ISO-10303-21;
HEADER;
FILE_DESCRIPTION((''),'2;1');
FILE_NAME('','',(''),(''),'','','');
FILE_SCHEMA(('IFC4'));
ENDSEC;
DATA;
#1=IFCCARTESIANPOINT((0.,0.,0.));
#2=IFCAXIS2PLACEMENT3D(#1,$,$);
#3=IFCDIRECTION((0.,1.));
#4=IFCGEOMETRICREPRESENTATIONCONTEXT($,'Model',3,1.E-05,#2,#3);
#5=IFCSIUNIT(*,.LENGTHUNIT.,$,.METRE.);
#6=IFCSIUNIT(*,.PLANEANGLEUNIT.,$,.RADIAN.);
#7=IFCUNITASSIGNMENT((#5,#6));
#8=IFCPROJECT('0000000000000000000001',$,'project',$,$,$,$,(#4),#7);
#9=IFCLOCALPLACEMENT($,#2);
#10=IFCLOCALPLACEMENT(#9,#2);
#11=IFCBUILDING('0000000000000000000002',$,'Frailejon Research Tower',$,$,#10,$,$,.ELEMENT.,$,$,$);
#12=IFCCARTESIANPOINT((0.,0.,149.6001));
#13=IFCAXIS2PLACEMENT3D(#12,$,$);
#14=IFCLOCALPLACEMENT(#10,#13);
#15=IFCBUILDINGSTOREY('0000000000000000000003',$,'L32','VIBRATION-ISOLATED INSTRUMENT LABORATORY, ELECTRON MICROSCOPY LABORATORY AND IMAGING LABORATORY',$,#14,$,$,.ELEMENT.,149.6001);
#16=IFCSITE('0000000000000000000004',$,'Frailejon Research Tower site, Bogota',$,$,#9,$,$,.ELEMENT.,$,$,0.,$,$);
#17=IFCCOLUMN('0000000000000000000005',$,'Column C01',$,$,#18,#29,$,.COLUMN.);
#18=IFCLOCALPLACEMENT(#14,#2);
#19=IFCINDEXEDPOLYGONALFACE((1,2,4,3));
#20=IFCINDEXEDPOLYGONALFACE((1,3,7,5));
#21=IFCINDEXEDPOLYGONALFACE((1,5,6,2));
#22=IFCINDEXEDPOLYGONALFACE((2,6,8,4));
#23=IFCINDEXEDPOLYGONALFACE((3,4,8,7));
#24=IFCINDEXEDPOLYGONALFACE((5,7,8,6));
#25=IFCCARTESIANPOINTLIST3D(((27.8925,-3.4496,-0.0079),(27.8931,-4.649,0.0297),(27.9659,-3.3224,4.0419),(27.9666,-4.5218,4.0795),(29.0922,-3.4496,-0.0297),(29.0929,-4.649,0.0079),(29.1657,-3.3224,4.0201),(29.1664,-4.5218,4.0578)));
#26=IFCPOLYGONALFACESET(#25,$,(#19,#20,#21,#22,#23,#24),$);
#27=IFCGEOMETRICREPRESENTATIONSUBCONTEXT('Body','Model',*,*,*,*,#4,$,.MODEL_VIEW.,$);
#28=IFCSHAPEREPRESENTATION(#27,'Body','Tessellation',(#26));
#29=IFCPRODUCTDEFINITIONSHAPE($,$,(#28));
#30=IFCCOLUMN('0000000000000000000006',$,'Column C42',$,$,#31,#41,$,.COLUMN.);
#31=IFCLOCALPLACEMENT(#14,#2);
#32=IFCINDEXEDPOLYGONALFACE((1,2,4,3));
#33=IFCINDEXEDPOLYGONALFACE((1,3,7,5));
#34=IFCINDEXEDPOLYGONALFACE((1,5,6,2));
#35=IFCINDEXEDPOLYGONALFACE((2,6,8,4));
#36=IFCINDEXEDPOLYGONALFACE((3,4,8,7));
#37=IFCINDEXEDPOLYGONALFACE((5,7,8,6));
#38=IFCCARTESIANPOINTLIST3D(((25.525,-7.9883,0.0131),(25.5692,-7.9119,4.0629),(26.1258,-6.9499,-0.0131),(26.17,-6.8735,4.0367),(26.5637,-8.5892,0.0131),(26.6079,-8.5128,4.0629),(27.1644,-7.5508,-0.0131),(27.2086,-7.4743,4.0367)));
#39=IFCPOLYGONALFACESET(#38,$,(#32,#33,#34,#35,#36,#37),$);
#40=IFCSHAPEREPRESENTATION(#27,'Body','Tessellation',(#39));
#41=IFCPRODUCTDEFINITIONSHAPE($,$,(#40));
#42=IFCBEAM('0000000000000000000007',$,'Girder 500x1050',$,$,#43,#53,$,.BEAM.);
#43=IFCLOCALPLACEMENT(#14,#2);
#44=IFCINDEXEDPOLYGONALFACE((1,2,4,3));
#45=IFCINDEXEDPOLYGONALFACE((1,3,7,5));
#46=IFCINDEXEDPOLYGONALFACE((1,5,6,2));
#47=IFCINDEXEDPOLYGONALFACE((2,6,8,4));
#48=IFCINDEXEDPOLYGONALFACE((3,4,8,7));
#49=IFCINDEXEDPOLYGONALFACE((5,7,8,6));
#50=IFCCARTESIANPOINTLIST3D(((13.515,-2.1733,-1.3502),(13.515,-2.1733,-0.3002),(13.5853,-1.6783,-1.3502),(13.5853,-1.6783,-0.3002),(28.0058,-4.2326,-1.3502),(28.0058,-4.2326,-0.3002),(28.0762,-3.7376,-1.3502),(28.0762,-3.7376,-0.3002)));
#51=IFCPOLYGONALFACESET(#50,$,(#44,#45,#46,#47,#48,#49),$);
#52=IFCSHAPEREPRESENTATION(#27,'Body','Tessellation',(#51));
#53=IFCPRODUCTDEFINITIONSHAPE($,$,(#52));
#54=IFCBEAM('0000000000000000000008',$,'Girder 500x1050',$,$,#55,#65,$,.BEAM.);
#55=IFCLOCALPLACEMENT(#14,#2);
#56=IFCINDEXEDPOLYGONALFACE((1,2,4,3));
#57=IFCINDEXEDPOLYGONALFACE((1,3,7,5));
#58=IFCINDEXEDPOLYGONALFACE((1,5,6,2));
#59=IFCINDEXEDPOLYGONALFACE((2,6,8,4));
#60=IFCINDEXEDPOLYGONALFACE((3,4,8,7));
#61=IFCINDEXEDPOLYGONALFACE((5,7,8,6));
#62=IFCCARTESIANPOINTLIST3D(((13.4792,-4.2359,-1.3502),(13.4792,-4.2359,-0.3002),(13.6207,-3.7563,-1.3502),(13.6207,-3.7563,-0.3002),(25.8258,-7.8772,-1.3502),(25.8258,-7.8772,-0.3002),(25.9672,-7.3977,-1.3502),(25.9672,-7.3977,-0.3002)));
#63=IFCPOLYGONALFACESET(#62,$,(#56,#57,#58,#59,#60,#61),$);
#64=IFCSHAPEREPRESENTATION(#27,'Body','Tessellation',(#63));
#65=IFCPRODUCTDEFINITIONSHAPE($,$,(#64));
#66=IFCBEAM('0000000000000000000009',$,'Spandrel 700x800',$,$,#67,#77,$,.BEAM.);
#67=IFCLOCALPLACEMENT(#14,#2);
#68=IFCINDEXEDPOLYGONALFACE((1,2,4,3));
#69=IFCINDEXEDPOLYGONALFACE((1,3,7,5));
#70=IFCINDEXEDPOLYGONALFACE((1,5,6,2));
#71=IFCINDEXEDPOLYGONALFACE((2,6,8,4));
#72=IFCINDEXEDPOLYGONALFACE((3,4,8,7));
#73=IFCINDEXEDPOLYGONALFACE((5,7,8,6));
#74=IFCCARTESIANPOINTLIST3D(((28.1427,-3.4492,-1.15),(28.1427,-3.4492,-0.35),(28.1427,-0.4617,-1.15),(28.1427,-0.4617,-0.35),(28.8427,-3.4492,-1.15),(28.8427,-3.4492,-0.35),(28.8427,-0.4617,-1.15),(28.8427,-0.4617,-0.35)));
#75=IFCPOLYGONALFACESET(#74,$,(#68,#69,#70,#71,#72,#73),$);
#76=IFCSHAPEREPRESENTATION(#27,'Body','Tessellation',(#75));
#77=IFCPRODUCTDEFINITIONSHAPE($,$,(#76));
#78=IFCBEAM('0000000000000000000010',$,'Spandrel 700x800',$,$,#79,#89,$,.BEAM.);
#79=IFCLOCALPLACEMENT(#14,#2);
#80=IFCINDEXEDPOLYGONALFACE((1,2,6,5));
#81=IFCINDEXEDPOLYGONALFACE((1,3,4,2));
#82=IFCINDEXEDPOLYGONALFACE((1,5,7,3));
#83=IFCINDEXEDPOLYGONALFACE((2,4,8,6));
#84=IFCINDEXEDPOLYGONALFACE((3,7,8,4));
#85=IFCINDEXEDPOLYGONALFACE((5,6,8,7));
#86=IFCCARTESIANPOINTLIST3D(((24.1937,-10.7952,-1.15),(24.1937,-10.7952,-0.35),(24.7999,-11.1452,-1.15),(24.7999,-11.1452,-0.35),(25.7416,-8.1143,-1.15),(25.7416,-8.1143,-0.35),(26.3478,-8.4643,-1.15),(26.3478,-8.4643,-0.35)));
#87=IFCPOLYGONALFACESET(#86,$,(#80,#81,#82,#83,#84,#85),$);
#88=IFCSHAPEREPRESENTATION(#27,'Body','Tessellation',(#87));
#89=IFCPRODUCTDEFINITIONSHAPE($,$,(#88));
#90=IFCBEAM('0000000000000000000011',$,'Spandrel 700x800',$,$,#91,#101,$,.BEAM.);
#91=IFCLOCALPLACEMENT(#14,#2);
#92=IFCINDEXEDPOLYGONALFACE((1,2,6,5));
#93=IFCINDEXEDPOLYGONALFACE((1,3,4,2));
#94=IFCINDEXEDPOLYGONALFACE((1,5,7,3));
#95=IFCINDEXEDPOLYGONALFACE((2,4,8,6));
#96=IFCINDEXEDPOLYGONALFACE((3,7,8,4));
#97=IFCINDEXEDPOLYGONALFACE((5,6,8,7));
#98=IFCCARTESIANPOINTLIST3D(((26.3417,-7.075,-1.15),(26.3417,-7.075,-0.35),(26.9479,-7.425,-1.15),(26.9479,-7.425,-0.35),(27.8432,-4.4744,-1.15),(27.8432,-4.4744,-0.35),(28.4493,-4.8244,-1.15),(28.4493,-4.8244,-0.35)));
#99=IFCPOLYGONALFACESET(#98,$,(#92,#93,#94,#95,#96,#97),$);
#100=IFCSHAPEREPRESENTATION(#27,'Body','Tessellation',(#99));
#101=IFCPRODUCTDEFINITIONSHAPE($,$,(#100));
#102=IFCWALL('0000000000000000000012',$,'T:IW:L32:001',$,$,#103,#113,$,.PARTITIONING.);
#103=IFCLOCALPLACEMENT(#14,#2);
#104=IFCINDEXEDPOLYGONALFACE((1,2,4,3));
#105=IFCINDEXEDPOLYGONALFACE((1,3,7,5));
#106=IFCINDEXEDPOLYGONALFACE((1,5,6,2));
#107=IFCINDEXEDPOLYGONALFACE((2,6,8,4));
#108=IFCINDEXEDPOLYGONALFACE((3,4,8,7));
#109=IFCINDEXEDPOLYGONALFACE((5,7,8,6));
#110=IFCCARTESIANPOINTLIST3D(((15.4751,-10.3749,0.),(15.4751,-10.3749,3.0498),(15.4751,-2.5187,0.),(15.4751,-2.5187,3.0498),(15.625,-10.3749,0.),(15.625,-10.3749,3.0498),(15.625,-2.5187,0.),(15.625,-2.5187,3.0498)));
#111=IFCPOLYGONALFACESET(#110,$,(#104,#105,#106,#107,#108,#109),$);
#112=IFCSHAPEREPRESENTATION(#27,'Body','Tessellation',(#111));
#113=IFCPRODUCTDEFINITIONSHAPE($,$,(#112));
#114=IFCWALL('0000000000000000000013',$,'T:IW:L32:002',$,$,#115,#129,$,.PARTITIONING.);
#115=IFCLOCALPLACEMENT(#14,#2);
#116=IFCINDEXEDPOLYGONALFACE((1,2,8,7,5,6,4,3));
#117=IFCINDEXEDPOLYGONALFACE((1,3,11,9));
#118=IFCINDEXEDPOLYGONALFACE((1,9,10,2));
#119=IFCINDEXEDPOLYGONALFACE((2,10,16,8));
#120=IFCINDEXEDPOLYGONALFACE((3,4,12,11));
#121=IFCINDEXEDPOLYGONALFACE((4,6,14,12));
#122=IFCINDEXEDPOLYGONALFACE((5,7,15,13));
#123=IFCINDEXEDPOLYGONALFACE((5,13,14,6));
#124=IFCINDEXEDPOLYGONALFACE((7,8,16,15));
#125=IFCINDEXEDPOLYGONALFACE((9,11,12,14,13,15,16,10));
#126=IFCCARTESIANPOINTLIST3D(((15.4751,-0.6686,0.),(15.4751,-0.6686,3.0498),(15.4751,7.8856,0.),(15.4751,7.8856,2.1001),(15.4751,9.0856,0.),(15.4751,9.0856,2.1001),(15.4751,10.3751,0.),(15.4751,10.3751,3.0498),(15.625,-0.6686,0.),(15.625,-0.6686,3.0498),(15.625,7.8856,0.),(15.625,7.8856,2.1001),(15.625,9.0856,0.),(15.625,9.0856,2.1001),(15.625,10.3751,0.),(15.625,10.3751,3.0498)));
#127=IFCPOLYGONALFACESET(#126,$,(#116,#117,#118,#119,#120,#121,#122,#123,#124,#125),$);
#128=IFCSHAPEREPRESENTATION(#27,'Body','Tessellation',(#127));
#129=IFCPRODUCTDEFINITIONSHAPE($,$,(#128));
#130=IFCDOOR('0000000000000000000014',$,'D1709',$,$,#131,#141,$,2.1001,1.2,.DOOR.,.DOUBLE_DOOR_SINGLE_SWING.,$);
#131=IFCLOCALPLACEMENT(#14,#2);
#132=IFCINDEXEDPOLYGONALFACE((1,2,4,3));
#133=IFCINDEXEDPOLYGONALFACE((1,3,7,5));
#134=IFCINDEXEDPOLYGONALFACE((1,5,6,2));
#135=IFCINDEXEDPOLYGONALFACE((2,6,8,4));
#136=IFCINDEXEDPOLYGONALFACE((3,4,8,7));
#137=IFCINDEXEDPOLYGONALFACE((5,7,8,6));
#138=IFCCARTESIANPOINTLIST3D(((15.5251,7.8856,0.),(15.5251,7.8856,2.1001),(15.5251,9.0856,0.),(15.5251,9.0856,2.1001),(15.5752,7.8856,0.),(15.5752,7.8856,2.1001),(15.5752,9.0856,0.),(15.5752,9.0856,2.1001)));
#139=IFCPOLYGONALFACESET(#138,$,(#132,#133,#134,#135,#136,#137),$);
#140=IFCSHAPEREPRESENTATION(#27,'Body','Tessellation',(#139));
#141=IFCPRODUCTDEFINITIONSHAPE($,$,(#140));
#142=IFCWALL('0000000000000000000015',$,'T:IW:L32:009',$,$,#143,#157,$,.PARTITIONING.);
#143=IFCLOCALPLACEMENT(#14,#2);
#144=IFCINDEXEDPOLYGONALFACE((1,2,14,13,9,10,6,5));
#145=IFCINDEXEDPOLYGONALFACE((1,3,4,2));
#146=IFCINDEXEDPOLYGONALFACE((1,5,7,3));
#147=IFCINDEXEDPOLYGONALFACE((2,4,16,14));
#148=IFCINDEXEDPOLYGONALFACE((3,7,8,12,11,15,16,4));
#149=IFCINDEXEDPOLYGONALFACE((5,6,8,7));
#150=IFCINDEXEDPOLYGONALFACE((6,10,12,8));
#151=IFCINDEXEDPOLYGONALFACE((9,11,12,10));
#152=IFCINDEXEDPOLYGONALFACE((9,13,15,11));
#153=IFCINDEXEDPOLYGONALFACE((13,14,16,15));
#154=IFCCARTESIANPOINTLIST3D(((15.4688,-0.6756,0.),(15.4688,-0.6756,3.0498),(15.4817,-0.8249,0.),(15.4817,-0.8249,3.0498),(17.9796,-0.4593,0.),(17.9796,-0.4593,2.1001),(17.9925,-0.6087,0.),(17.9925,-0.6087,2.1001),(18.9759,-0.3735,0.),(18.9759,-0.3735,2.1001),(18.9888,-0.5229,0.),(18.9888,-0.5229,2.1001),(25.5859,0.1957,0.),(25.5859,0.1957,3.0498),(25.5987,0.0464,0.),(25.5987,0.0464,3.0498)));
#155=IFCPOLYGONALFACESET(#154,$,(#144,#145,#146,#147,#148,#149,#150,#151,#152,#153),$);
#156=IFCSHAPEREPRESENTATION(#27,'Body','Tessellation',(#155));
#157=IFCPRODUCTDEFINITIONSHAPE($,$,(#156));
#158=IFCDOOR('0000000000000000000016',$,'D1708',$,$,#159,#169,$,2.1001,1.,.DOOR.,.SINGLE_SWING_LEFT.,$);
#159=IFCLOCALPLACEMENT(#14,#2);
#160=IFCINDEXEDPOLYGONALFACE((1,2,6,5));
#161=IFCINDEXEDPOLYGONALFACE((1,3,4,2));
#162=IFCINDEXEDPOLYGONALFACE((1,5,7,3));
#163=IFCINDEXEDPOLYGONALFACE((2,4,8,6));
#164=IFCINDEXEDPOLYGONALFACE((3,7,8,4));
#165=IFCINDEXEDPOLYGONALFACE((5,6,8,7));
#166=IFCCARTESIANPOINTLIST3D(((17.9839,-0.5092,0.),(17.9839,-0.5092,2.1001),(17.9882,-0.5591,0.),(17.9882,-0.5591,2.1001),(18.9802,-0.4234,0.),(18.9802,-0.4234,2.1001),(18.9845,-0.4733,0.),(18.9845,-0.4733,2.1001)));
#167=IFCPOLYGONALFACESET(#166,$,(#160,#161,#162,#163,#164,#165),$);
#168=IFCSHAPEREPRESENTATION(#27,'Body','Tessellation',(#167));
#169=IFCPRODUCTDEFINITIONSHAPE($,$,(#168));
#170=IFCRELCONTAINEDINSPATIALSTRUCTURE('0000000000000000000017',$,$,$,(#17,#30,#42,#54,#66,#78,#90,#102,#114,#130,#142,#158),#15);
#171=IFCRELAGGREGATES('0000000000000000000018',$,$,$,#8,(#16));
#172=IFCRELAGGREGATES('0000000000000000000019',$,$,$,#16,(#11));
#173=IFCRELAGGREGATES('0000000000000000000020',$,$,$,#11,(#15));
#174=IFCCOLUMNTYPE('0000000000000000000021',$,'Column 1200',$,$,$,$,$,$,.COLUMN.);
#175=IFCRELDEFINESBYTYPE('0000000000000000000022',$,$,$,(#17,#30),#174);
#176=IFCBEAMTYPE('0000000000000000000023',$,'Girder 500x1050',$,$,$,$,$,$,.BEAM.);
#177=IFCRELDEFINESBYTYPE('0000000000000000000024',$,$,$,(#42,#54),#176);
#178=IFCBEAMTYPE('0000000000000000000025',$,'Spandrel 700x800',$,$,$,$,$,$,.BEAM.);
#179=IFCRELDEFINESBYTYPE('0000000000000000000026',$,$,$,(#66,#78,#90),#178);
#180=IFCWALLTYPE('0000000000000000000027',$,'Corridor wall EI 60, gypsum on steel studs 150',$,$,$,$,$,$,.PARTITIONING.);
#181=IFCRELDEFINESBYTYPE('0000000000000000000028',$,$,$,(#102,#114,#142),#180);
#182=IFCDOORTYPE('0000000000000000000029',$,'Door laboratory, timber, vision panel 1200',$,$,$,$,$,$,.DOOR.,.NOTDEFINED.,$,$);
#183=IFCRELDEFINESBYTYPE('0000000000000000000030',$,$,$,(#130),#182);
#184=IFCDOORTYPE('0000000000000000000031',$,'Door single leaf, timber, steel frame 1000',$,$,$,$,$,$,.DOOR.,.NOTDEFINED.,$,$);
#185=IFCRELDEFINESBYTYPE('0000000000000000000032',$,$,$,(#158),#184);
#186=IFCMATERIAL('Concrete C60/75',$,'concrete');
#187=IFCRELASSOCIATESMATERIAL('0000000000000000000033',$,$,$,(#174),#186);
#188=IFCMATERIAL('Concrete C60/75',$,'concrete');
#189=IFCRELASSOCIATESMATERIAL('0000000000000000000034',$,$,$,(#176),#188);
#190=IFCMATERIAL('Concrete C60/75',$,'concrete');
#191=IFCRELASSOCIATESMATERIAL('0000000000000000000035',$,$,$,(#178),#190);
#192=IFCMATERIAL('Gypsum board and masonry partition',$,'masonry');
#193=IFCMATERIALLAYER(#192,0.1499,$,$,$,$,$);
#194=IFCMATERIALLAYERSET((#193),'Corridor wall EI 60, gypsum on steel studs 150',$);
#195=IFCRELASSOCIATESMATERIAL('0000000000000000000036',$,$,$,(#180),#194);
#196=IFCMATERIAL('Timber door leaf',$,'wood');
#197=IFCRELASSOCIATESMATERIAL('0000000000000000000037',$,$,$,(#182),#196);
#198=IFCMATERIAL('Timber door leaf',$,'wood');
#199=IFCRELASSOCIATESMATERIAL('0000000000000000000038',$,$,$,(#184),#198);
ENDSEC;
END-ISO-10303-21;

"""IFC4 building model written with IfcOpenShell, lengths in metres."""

from ifc_helpers import new_model, si_unit, direction, frame, frame_2d, origin, origin_2d, place, context, subcontext, project, spatial, rectangle, extrude, material, layer, layer_set, material_profile, profile_set, type_object, element, fill, save


model = new_model("IFC4")

# Units and contexts
model_context = context("Model", 3, precision=1e-05, world=origin(), true_north=direction((0.0, 1.0)))
body_context = subcontext(model_context, "Body", "Model", "MODEL_VIEW")
ifc_project = project(units=[si_unit("LENGTHUNIT", "METRE"), si_unit("PLANEANGLEUNIT", "RADIAN")], contexts=[model_context])

# Site, building, storey
site_placement = place(None, origin())
site = spatial("IfcSite", under=ifc_project, at=site_placement, Name="Frailejon Research Tower site, Bogota", CompositionType="ELEMENT", RefElevation=0.0)
building_placement = place(site_placement, origin())
building = spatial("IfcBuilding", under=site, at=building_placement, Name="Frailejon Research Tower", CompositionType="ELEMENT")
storey_placement = place(building_placement, frame((0.0, 0.0, 149.6001)))
storey = spatial("IfcBuildingStorey", under=building, at=storey_placement, Name="L32", Description="VIBRATION-ISOLATED INSTRUMENT LABORATORY, ELECTRON MICROSCOPY LABORATORY AND IMAGING LABORATORY", CompositionType="ELEMENT", Elevation=149.6001)

# Columns
ifc_material_1 = material(Name="Concrete C60/75", Category="concrete")
ifc_material_profile_1 = material_profile(ifc_material_1, rectangle(XDim=1.2, YDim=1.2, at=origin_2d()), Name="Column 1200")
ifc_profile_set_1 = profile_set([ifc_material_profile_1], Name="Concrete C60/75")
column_type = type_object("IfcColumnType", Name="Column 1200", PredefinedType="COLUMN", material=ifc_profile_set_1)
column_1_placement = place(storey_placement, frame((28.4927, -4.0493, 0.0), z_axis=(0.018134, 0.031388, 0.999343), x_axis=(-0.000565, 0.999507, -0.031383)))
element("IfcColumn", 1, at=column_1_placement, inside=storey, type_object=column_type, Name="Column C01", PredefinedType="COLUMN", context=body_context, shape_type="SweptSolid", body=[
    extrude(rectangle(XDim=1.2, YDim=1.2, at=origin_2d()), origin(), (0.0, 0.0, 1.0), 4.0525),
])
column_2_placement = place(storey_placement, frame((26.3447, -7.7695, 0.0), z_axis=(0.010909, 0.018865, 0.999763), x_axis=(0.500638, 0.865382, -0.021792)))
element("IfcColumn", 2, at=column_2_placement, inside=storey, type_object=column_type, Name="Column C42", PredefinedType="COLUMN", context=body_context, shape_type="SweptSolid", body=[
    extrude(rectangle(XDim=1.2, YDim=1.2, at=origin_2d()), origin(), (0.0, 0.0, 1.0), 4.0508),
])

# Beams
ifc_material_2 = material(Name="Concrete C60/75", Category="concrete")
ifc_material_profile_2 = material_profile(ifc_material_2, rectangle(XDim=0.5, YDim=1.05, at=origin_2d()), Name="Girder 500x1050")
ifc_profile_set_2 = profile_set([ifc_material_profile_2], Name="Concrete C60/75")
beam_type_1 = type_object("IfcBeamType", Name="Girder 500x1050", PredefinedType="BEAM", material=ifc_profile_set_2)
beam_1_placement = place(storey_placement, frame((28.041, -3.9851, -0.8252), z_axis=(-0.990053, 0.140697, 0.0), x_axis=(-0.140697, -0.990053, 0.0)))
element("IfcBeam", 3, at=beam_1_placement, inside=storey, type_object=beam_type_1, Name="Girder 500x1050", PredefinedType="BEAM", context=body_context, shape_type="SweptSolid", body=[
    extrude(rectangle(XDim=0.5, YDim=1.05, at=origin_2d()), origin(), (0.0, 0.0, 1.0), 14.6365),
])
beam_2_placement = place(storey_placement, frame((25.8965, -7.6375, -0.8252), z_axis=(-0.959154, 0.282885, 0.0), x_axis=(-0.282885, -0.959154, 0.0)))
element("IfcBeam", 4, at=beam_2_placement, inside=storey, type_object=beam_type_1, Name="Girder 500x1050", PredefinedType="BEAM", context=body_context, shape_type="SweptSolid", body=[
    extrude(rectangle(XDim=0.5, YDim=1.05, at=origin_2d()), origin(), (0.0, 0.0, 1.0), 12.8723),
])
ifc_material_3 = material(Name="Concrete C60/75", Category="concrete")
ifc_material_profile_3 = material_profile(ifc_material_3, rectangle(XDim=0.7, YDim=0.8, at=origin_2d()), Name="Spandrel 700x800")
ifc_profile_set_3 = profile_set([ifc_material_profile_3], Name="Concrete C60/75")
beam_type_2 = type_object("IfcBeamType", Name="Spandrel 700x800", PredefinedType="BEAM", material=ifc_profile_set_3)
beam_3_placement = place(storey_placement, frame((28.4927, -3.4492, -0.75), z_axis=(0.0, 1.0, 0.0), x_axis=(-1.0, 0.0, 0.0)))
element("IfcBeam", 5, at=beam_3_placement, inside=storey, type_object=beam_type_2, Name="Spandrel 700x800", PredefinedType="BEAM", context=body_context, shape_type="SweptSolid", body=[
    extrude(rectangle(XDim=0.7, YDim=0.8, at=origin_2d()), origin(), (0.0, 0.0, 1.0), 2.9875),
])
beam_4_placement = place(storey_placement, frame((24.4968, -10.9702, -0.75), z_axis=(0.500007, 0.866021, 0.0), x_axis=(-0.866021, 0.500007, 0.0)))
element("IfcBeam", 6, at=beam_4_placement, inside=storey, type_object=beam_type_2, Name="Spandrel 700x800", PredefinedType="BEAM", context=body_context, shape_type="SweptSolid", body=[
    extrude(rectangle(XDim=0.7, YDim=0.8, at=origin_2d()), origin(), (0.0, 0.0, 1.0), 3.0957),
])
beam_5_placement = place(storey_placement, frame((26.6448, -7.25, -0.75), z_axis=(0.500004, 0.866023, 0.0), x_axis=(-0.866023, 0.500004, 0.0)))
element("IfcBeam", 7, at=beam_5_placement, inside=storey, type_object=beam_type_2, Name="Spandrel 700x800", PredefinedType="BEAM", context=body_context, shape_type="SweptSolid", body=[
    extrude(rectangle(XDim=0.7, YDim=0.8, at=origin_2d()), origin(), (0.0, 0.0, 1.0), 3.0029),
])

# Wall
ifc_material_4 = material(Name="Gypsum board and masonry partition", Category="masonry")
ifc_layer_1 = layer(ifc_material_4, 0.1499)
ifc_layer_set_1 = layer_set([ifc_layer_1], Name="Corridor wall EI 60, gypsum on steel studs 150")
wall_type_1 = type_object("IfcWallType", Name="Corridor wall EI 60, gypsum on steel studs 150", PredefinedType="PARTITIONING", material=ifc_layer_set_1)
wall_1_placement = place(storey_placement, frame((15.55, -10.375, 0.0), z_axis=(0.0, 0.0, 1.0), x_axis=(0.0, 1.0, 0.0)))
element("IfcWall", 8, at=wall_1_placement, inside=storey, type_object=wall_type_1, Name="T:IW:L32:001", PredefinedType="PARTITIONING", context=body_context, shape_type="SweptSolid", body=[
    extrude(rectangle(XDim=7.8562, YDim=0.1499, at=frame_2d((3.9282, 0.0))), origin(), (0.0, 0.0, 1.0), 3.0498),
])

# Walls, openings, doors
wall_2_placement = place(storey_placement, frame((15.55, -0.6687, 0.0), z_axis=(0.0, 0.0, 1.0), x_axis=(0.0, 1.0, 0.0)))
wall_2 = element("IfcWall", 9, at=wall_2_placement, inside=storey, type_object=wall_type_1, Name="T:IW:L32:002", PredefinedType="PARTITIONING", context=body_context, shape_type="SweptSolid", body=[
    extrude(rectangle(XDim=11.0437, YDim=0.1499, at=frame_2d((5.522, 0.0))), origin(), (0.0, 0.0, 1.0), 3.0498),
])
opening_1_placement = place(wall_2_placement, frame((8.5542, 0.0, 0.0)))
opening_1 = element("IfcOpeningElement", 10, at=opening_1_placement, cuts=wall_2, PredefinedType="OPENING", context=body_context, shape_type="SweptSolid", body=[
    extrude(rectangle(XDim=1.2, YDim=2.1001, at=frame_2d((0.6001, 1.05))), frame((0.0, 0.085, 0.0), z_axis=(0.0, -1.0, 0.0), x_axis=(1.0, 0.0, 0.0)), (0.0, 0.0, 1.0), 0.1699),
])
ifc_material_5 = material(Name="Timber door leaf", Category="wood")
door_type_1 = type_object("IfcDoorType", Name="Door laboratory, timber, vision panel 1200", OperationType="NOTDEFINED", PredefinedType="DOOR", material=ifc_material_5)
door_1_placement = place(opening_1_placement, origin())
door_1 = element("IfcDoor", 11, at=door_1_placement, inside=storey, type_object=door_type_1, Name="D1709", OperationType="DOUBLE_DOOR_SINGLE_SWING", OverallHeight=2.1001, OverallWidth=1.2, PredefinedType="DOOR", context=body_context, shape_type="SweptSolid", body=[
    extrude(rectangle(XDim=1.2, YDim=2.1001, at=frame_2d((0.6001, 1.05))), frame((0.0, 0.0249, 0.0), z_axis=(0.0, -1.0, 0.0), x_axis=(1.0, 0.0, 0.0)), (0.0, 0.0, 1.0), 0.05),
])
fill(opening_1, door_1)
wall_3_placement = place(storey_placement, frame((15.4753, -0.7502, 0.0), z_axis=(0.0, 0.0, 1.0), x_axis=(0.996312, 0.085807, 0.0)))
wall_3 = element("IfcWall", 12, at=wall_3_placement, inside=storey, type_object=wall_type_1, Name="T:IW:L32:009", PredefinedType="PARTITIONING", context=body_context, shape_type="SweptSolid", body=[
    extrude(rectangle(XDim=10.1545, YDim=0.1499, at=frame_2d((5.0771, 0.0))), origin(), (0.0, 0.0, 1.0), 3.0498),
])
opening_2_placement = place(wall_3_placement, frame((2.52, 0.0, 0.0)))
opening_2 = element("IfcOpeningElement", 13, at=opening_2_placement, cuts=wall_3, PredefinedType="OPENING", context=body_context, shape_type="SweptSolid", body=[
    extrude(rectangle(XDim=1.0, YDim=2.1001, at=frame_2d((0.5, 1.05))), frame((0.0, 0.085, 0.0), z_axis=(0.0, -1.0, 0.0), x_axis=(1.0, 0.0, 0.0)), (0.0, 0.0, 1.0), 0.1699),
])
ifc_material_6 = material(Name="Timber door leaf", Category="wood")
door_type_2 = type_object("IfcDoorType", Name="Door single leaf, timber, steel frame 1000", OperationType="NOTDEFINED", PredefinedType="DOOR", material=ifc_material_6)
door_2_placement = place(opening_2_placement, origin())
door_2 = element("IfcDoor", 14, at=door_2_placement, inside=storey, type_object=door_type_2, Name="D1708", OperationType="SINGLE_SWING_LEFT", OverallHeight=2.1001, OverallWidth=1.0, PredefinedType="DOOR", context=body_context, shape_type="SweptSolid", body=[
    extrude(rectangle(XDim=1.0, YDim=2.1001, at=frame_2d((0.5, 1.05))), frame((0.0, 0.0249, 0.0), z_axis=(0.0, -1.0, 0.0), x_axis=(1.0, 0.0, 0.0)), (0.0, 0.0, 1.0), 0.05),
])
fill(opening_2, door_2)

save(model, "model.ifc")
